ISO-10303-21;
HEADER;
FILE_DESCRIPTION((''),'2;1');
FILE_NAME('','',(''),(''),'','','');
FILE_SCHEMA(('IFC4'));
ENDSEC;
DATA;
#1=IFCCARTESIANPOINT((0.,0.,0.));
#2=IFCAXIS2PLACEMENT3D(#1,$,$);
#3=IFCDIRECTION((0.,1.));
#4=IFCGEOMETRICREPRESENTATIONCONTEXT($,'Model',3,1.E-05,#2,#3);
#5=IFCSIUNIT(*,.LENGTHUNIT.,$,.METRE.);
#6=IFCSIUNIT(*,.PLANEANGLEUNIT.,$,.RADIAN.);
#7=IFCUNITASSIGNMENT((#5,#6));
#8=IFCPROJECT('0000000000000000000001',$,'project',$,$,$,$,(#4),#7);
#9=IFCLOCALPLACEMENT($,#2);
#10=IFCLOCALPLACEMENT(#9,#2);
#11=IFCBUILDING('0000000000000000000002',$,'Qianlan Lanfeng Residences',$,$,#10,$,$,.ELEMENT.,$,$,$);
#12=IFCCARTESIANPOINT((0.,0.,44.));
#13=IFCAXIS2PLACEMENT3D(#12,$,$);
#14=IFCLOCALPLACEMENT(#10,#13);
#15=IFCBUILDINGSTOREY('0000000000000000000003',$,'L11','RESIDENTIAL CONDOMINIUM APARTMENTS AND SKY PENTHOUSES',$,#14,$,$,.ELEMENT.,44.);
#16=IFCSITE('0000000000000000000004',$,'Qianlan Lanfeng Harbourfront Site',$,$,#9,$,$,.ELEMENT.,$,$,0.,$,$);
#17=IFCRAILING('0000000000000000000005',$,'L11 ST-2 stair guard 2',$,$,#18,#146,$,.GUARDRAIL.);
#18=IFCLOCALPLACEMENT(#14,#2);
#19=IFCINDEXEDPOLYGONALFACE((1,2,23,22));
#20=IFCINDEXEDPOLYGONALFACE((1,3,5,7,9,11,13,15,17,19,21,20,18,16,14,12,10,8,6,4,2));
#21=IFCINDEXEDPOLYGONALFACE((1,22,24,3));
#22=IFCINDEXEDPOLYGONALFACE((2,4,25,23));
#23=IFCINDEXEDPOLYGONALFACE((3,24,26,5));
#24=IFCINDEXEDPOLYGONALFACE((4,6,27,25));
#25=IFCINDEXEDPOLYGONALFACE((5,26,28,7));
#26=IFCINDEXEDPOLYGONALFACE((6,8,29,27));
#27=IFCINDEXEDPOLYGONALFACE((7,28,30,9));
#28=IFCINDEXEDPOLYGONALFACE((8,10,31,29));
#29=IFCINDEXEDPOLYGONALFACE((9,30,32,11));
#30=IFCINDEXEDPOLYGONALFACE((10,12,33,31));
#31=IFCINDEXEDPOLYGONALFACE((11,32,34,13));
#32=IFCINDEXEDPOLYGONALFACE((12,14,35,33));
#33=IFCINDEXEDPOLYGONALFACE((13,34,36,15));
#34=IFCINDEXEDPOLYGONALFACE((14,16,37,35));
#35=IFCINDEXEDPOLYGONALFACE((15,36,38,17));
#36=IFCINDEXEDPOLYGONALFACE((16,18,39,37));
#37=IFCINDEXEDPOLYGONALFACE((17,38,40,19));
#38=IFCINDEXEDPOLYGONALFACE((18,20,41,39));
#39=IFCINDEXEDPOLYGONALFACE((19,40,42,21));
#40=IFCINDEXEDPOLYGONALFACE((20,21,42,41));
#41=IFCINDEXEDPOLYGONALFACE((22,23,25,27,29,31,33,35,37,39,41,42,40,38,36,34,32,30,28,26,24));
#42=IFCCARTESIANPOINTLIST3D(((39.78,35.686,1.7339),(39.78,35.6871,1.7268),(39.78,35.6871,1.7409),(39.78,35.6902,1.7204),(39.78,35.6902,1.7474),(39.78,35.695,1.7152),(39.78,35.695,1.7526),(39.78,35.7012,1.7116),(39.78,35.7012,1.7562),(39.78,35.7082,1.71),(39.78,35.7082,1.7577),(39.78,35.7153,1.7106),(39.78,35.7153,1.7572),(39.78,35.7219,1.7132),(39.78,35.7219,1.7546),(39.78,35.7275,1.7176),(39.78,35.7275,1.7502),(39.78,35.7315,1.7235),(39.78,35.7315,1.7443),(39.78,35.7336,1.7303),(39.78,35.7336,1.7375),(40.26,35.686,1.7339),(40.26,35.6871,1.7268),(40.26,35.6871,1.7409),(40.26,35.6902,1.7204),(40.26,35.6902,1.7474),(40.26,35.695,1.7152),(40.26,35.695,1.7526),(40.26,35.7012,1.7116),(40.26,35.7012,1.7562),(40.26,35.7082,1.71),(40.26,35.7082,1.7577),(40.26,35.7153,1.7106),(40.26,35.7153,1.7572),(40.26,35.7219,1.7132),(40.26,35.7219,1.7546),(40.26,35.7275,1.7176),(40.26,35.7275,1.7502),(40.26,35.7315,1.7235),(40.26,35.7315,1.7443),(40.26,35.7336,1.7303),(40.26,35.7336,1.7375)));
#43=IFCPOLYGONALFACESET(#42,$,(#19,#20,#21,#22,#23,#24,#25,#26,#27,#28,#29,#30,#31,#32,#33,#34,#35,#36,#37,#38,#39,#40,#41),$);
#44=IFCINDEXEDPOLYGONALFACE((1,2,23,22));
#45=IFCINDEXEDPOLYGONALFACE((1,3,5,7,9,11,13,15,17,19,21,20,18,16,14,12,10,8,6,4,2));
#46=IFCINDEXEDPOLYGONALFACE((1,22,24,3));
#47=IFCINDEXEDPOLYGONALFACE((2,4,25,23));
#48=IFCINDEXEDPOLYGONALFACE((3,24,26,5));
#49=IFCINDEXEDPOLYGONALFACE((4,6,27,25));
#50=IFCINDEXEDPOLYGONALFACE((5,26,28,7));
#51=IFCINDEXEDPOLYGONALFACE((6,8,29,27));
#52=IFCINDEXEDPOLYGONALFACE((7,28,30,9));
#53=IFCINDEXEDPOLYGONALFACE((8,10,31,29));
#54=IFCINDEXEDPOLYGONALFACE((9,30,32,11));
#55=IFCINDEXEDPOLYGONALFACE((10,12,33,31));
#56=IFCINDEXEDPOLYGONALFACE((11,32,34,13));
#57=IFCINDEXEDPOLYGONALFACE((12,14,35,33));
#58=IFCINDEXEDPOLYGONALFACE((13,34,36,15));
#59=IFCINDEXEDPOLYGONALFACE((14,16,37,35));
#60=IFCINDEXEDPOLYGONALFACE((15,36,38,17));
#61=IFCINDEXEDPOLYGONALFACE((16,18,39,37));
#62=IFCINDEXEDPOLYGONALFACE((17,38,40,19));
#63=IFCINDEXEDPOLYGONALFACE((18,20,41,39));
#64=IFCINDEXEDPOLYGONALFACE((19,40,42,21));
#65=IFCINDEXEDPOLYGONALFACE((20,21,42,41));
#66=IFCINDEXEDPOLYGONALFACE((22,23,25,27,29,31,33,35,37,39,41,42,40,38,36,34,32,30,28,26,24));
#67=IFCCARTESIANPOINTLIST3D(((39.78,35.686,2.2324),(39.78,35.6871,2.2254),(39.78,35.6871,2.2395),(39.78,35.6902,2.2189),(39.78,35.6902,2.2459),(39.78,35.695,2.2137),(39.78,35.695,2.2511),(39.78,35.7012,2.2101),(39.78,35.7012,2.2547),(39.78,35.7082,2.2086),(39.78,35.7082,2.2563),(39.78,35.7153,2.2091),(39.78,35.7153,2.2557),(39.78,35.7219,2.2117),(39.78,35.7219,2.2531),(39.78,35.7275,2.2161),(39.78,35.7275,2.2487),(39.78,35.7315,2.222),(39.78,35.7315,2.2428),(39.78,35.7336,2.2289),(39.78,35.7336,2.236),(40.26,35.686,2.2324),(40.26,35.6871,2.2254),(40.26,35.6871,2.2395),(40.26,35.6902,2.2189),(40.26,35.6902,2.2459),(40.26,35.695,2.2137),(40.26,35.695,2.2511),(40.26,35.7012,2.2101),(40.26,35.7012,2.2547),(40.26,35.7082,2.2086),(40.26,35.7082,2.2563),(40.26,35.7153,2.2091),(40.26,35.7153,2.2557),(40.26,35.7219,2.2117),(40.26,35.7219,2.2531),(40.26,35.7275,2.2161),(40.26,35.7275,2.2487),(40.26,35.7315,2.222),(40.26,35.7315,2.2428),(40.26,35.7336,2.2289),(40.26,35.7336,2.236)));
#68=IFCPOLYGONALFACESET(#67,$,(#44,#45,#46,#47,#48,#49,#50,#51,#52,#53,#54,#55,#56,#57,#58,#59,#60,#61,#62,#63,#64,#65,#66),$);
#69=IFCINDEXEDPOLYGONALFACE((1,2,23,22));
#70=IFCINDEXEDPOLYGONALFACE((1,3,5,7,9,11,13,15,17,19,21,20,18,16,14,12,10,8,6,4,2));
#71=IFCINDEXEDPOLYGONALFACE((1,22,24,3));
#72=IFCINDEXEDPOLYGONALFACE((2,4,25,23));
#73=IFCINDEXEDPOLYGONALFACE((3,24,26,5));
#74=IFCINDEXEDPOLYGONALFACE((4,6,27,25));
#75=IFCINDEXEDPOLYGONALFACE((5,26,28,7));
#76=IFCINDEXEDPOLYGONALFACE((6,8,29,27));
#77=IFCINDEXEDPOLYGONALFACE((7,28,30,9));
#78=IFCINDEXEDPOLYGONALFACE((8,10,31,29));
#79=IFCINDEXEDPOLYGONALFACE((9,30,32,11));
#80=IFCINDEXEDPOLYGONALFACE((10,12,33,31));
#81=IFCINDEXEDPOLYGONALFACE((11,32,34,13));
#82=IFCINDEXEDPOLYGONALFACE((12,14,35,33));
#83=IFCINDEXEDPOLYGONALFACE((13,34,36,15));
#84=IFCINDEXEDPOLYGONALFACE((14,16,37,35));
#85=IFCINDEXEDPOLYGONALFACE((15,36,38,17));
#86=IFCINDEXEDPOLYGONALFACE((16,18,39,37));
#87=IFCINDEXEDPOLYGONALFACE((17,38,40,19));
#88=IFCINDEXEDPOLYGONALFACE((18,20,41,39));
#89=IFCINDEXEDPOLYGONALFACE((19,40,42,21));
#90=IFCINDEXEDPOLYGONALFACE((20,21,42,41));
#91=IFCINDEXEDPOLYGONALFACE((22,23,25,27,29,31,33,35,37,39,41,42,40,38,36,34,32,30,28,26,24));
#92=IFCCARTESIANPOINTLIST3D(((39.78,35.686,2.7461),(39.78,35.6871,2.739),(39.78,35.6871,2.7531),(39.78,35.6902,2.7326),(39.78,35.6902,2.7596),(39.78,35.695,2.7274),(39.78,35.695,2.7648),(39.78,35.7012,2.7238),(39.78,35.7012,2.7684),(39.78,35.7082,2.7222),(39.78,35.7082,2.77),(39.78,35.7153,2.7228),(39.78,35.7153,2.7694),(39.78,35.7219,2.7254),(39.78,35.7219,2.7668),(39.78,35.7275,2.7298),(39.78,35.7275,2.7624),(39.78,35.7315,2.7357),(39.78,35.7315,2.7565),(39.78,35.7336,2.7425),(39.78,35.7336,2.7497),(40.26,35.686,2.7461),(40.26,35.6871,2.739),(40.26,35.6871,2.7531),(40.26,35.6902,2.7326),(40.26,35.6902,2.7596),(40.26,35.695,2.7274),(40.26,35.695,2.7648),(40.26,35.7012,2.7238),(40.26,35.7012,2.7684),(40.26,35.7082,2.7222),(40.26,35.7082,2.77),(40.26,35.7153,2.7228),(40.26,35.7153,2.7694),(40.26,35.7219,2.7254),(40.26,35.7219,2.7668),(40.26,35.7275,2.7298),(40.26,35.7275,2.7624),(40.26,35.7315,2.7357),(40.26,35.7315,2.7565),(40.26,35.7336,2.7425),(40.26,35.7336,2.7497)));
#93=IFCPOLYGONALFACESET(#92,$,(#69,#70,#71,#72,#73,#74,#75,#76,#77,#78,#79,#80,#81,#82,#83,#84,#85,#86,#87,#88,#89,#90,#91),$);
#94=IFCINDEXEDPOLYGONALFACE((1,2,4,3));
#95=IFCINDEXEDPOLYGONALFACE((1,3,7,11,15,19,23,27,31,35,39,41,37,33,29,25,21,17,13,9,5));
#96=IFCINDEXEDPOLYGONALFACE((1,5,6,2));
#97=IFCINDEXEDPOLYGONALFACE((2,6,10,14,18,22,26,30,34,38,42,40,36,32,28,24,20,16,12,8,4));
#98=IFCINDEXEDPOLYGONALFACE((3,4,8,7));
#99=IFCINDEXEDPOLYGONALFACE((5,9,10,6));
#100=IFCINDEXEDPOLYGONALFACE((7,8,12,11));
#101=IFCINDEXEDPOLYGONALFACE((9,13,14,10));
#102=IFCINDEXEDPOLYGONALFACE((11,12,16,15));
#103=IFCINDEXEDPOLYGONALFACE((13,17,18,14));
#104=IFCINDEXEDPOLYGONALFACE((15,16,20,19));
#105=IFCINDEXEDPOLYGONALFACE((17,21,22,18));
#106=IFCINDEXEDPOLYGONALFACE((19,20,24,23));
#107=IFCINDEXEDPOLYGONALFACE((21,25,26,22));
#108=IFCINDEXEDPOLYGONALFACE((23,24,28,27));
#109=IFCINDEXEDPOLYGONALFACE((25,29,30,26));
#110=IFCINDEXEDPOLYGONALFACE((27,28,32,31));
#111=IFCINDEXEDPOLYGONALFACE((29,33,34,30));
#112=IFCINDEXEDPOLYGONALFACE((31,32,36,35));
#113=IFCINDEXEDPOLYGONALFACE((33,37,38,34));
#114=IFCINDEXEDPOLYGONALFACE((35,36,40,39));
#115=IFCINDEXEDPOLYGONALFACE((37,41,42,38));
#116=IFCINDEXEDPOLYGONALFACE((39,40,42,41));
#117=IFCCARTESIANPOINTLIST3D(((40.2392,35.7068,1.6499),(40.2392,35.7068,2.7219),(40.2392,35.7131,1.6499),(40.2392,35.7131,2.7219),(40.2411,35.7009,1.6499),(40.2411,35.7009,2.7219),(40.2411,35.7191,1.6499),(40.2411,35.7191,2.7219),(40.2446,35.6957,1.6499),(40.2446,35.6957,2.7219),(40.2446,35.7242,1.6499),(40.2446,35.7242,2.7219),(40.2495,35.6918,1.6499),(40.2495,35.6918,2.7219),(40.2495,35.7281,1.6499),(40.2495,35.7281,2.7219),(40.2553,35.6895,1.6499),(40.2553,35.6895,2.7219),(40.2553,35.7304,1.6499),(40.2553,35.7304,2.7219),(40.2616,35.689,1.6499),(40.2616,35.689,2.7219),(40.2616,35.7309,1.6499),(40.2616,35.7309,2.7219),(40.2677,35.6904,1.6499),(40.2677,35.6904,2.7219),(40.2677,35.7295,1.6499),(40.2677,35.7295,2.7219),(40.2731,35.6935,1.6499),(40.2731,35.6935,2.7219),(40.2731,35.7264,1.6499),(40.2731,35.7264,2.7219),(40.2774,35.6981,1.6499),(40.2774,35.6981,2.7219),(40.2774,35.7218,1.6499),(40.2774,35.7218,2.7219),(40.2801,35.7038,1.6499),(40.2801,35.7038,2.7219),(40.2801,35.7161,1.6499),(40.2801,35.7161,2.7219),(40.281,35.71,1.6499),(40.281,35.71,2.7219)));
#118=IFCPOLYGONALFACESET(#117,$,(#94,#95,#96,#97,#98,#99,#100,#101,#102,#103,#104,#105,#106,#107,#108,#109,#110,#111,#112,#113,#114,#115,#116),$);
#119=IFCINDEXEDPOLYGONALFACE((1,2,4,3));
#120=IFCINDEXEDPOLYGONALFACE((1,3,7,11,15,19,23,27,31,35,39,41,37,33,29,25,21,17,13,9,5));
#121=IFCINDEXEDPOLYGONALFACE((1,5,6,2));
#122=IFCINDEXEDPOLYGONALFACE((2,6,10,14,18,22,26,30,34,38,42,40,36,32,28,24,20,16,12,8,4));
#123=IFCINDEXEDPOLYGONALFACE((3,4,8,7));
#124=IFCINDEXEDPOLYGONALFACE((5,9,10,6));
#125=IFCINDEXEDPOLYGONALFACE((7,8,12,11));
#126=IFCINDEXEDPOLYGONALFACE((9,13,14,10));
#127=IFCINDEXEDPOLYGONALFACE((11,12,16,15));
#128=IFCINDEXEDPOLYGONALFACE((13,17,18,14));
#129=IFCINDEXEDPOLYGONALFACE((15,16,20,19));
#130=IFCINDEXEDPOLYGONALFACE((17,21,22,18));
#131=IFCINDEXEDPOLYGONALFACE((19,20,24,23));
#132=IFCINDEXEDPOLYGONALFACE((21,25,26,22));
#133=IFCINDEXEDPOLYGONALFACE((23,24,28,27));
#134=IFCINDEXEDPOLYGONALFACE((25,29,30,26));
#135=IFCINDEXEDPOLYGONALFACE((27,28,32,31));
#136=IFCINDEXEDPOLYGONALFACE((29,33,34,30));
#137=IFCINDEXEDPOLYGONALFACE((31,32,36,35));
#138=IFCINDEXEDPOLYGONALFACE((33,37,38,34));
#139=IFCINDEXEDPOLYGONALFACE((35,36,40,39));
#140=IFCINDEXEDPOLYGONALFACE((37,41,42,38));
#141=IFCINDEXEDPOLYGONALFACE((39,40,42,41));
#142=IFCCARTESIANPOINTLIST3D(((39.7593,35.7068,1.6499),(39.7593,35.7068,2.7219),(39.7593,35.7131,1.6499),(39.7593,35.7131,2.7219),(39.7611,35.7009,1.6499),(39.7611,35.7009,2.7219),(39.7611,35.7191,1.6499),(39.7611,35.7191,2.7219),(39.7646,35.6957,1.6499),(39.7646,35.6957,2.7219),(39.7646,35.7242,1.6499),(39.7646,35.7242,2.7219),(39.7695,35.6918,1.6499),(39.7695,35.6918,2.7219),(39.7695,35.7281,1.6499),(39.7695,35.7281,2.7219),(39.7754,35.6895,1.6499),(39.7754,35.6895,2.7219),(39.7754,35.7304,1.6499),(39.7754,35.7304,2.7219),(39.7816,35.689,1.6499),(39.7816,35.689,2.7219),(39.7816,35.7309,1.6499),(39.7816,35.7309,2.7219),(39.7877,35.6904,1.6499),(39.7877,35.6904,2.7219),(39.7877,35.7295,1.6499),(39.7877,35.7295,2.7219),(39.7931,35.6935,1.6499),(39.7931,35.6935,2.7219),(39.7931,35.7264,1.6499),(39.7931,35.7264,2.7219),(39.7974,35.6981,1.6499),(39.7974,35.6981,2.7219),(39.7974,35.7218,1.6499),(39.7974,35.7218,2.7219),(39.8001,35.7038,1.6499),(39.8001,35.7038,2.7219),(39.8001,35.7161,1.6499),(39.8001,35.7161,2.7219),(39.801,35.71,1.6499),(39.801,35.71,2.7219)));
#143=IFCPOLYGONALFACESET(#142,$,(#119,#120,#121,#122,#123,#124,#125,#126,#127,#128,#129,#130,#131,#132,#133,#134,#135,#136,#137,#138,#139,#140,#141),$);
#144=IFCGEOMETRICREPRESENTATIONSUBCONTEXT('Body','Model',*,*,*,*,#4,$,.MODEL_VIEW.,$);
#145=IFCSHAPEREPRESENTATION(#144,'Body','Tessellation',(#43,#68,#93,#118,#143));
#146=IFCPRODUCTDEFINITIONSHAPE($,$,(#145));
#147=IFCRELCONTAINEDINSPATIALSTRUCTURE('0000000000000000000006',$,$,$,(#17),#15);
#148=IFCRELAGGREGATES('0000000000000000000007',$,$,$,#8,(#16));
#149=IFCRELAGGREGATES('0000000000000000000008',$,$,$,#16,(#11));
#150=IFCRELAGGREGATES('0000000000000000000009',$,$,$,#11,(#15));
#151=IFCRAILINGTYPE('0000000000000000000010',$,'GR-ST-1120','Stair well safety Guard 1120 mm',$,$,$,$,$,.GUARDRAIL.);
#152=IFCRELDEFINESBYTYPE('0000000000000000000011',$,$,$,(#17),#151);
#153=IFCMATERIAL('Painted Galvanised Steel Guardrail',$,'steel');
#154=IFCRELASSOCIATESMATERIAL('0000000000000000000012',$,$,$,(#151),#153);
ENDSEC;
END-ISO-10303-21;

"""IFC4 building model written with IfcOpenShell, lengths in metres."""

from ifc_helpers import new_model, si_unit, direction, frame, origin, origin_2d, place, context, subcontext, project, spatial, circle, extrude, material, type_object, element, save


model = new_model("IFC4")

# Units and contexts
model_context = context("Model", 3, precision=1e-05, world=origin(), true_north=direction((0.0, 1.0)))
body_context = subcontext(model_context, "Body", "Model", "MODEL_VIEW")
ifc_project = project(units=[si_unit("LENGTHUNIT", "METRE"), si_unit("PLANEANGLEUNIT", "RADIAN")], contexts=[model_context])

# Site, building, storey
site_placement = place(None, origin())
site = spatial("IfcSite", under=ifc_project, at=site_placement, Name="Qianlan Lanfeng Harbourfront Site", CompositionType="ELEMENT", RefElevation=0.0)
building_placement = place(site_placement, origin())
building = spatial("IfcBuilding", under=site, at=building_placement, Name="Qianlan Lanfeng Residences", CompositionType="ELEMENT")
storey_placement = place(building_placement, frame((0.0, 0.0, 44.0)))
storey = spatial("IfcBuildingStorey", under=building, at=storey_placement, Name="L11", Description="RESIDENTIAL CONDOMINIUM APARTMENTS AND SKY PENTHOUSES", CompositionType="ELEMENT", Elevation=44.0)

# Railing
ifc_material_1 = material(Name="Painted Galvanised Steel Guardrail", Category="steel")
railing_type_1 = type_object("IfcRailingType", Name="GR-ST-1120", Description="Stair well safety Guard 1120 mm", PredefinedType="GUARDRAIL", material=ifc_material_1)
railing_1_placement = place(storey_placement, frame((40.26, 35.71, 1.6499)))
element("IfcRailing", 1, at=railing_1_placement, inside=storey, type_object=railing_type_1, Name="L11 ST-2 stair guard 2", PredefinedType="GUARDRAIL", context=body_context, shape_type="SweptSolid", body=[
    extrude(circle(Radius=0.0239, at=origin_2d()), frame((0.0, 0.0, 0.084), z_axis=(-1.0, 0.0, 0.0), x_axis=(0.0, -1.0, 0.0)), (0.0, 0.0, 1.0), 0.48),
    extrude(circle(Radius=0.0239, at=origin_2d()), frame((0.0, 0.0, 0.5825), z_axis=(-1.0, 0.0, 0.0), x_axis=(0.0, -1.0, 0.0)), (0.0, 0.0, 1.0), 0.48),
    extrude(circle(Radius=0.0239, at=origin_2d()), frame((0.0, 0.0, 1.0962), z_axis=(-1.0, 0.0, 0.0), x_axis=(0.0, -1.0, 0.0)), (0.0, 0.0, 1.0), 0.48),
    extrude(circle(Radius=0.021, at=origin_2d()), origin(), (0.0, 0.0, 1.0), 1.072),
    extrude(circle(Radius=0.021, at=origin_2d()), frame((-0.48, 0.0, 0.0)), (0.0, 0.0, 1.0), 1.072),
])

save(model, "model.ifc")
